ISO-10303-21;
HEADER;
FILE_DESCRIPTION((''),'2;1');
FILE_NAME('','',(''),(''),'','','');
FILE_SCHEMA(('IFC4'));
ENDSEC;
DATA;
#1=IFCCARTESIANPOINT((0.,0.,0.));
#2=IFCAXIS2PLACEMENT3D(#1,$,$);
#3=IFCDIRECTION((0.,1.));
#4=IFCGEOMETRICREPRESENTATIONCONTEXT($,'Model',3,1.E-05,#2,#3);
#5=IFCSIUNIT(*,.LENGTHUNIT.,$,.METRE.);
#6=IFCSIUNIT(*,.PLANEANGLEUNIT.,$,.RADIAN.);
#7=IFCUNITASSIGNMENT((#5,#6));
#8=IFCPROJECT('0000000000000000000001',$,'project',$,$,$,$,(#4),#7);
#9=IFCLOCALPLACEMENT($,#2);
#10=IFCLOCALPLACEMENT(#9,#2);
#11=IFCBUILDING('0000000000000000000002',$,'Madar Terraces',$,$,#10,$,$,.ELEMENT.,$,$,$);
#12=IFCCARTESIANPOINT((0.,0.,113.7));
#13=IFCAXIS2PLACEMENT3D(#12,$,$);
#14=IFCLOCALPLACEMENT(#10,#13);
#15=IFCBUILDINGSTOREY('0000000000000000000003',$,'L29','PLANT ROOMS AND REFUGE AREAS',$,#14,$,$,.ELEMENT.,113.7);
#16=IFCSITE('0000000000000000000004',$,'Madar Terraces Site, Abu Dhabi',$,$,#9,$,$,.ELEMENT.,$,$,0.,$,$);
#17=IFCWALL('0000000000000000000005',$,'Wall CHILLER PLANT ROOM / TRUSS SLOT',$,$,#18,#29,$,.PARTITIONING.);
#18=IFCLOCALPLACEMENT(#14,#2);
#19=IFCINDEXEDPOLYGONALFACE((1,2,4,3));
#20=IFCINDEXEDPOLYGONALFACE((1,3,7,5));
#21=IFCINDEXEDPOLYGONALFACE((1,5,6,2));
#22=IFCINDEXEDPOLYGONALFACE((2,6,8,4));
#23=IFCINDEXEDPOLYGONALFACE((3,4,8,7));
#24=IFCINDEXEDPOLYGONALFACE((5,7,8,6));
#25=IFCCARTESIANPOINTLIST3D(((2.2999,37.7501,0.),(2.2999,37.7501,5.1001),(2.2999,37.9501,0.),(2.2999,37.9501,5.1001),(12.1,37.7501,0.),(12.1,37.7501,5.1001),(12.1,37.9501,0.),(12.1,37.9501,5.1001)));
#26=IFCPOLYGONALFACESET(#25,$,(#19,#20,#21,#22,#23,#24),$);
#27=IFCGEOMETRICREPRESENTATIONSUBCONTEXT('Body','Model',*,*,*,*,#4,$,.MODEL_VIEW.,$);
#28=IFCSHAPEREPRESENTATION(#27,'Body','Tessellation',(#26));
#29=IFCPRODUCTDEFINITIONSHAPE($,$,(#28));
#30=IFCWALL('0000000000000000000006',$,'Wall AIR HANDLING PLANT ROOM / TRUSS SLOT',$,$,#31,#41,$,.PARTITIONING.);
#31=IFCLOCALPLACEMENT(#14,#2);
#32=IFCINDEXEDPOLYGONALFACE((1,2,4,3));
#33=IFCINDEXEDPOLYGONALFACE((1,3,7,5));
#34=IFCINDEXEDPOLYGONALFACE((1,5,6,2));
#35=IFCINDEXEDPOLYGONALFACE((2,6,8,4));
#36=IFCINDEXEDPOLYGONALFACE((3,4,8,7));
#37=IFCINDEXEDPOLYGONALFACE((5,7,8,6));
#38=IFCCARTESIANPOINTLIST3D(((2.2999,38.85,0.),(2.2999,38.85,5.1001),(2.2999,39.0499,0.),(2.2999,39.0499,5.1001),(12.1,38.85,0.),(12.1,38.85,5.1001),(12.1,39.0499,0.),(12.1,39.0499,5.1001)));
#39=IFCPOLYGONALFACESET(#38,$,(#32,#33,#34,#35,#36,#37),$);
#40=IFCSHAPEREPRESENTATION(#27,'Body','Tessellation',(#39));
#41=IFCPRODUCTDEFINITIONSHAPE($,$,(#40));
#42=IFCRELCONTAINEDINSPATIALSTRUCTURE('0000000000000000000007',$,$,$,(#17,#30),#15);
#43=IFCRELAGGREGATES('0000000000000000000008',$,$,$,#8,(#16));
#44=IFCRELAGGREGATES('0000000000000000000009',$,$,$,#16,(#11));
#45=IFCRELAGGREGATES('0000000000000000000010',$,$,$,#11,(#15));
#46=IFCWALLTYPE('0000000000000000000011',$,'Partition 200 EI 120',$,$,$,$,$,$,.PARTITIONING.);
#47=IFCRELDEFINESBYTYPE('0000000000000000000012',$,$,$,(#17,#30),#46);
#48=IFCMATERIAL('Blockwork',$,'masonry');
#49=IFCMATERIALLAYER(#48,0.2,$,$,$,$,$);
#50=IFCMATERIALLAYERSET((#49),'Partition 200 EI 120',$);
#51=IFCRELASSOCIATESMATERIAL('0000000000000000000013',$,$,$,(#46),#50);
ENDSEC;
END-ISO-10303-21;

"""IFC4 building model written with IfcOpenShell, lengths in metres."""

from ifc_helpers import new_model, si_unit, direction, frame, frame_2d, origin, place, context, subcontext, project, spatial, rectangle, extrude, material, layer, layer_set, type_object, element, save


model = new_model("IFC4")

# Units and contexts
model_context = context("Model", 3, precision=1e-05, world=origin(), true_north=direction((0.0, 1.0)))
body_context = subcontext(model_context, "Body", "Model", "MODEL_VIEW")
ifc_project = project(units=[si_unit("LENGTHUNIT", "METRE"), si_unit("PLANEANGLEUNIT", "RADIAN")], contexts=[model_context])

# Site, building, storey
site_placement = place(None, origin())
site = spatial("IfcSite", under=ifc_project, at=site_placement, Name="Madar Terraces Site, Abu Dhabi", CompositionType="ELEMENT", RefElevation=0.0)
building_placement = place(site_placement, origin())
building = spatial("IfcBuilding", under=site, at=building_placement, Name="Madar Terraces", CompositionType="ELEMENT")
storey_placement = place(building_placement, frame((0.0, 0.0, 113.7)))
storey = spatial("IfcBuildingStorey", under=building, at=storey_placement, Name="L29", Description="PLANT ROOMS AND REFUGE AREAS", CompositionType="ELEMENT", Elevation=113.7)

# Walls
ifc_material_1 = material(Name="Blockwork", Category="masonry")
ifc_layer_1 = layer(ifc_material_1, 0.2)
ifc_layer_set_1 = layer_set([ifc_layer_1], Name="Partition 200 EI 120")
wall_type = type_object("IfcWallType", Name="Partition 200 EI 120", PredefinedType="PARTITIONING", material=ifc_layer_set_1)
for number, where, z_axis, x_axis, name in (
    (1, (2.3, 37.8501, 0.0), (0.0, 0.0, 1.0), (1.0, 0.0, 0.0), "Wall CHILLER PLANT ROOM / TRUSS SLOT"),
    (2, (2.3, 38.95, 0.0), (0.0, 0.0, 1.0), (1.0, 0.0, 0.0), "Wall AIR HANDLING PLANT ROOM / TRUSS SLOT"),
):
    element("IfcWall", number, at=place(storey_placement, frame(where, z_axis=z_axis, x_axis=x_axis)), inside=storey, type_object=wall_type, Name=name, PredefinedType="PARTITIONING", context=body_context, shape_type="SweptSolid", body=[
        extrude(rectangle(XDim=9.8, YDim=0.2, at=frame_2d((4.8999, 0.0))), origin(), (0.0, 0.0, 1.0), 5.1001),
    ])

save(model, "model.ifc")
